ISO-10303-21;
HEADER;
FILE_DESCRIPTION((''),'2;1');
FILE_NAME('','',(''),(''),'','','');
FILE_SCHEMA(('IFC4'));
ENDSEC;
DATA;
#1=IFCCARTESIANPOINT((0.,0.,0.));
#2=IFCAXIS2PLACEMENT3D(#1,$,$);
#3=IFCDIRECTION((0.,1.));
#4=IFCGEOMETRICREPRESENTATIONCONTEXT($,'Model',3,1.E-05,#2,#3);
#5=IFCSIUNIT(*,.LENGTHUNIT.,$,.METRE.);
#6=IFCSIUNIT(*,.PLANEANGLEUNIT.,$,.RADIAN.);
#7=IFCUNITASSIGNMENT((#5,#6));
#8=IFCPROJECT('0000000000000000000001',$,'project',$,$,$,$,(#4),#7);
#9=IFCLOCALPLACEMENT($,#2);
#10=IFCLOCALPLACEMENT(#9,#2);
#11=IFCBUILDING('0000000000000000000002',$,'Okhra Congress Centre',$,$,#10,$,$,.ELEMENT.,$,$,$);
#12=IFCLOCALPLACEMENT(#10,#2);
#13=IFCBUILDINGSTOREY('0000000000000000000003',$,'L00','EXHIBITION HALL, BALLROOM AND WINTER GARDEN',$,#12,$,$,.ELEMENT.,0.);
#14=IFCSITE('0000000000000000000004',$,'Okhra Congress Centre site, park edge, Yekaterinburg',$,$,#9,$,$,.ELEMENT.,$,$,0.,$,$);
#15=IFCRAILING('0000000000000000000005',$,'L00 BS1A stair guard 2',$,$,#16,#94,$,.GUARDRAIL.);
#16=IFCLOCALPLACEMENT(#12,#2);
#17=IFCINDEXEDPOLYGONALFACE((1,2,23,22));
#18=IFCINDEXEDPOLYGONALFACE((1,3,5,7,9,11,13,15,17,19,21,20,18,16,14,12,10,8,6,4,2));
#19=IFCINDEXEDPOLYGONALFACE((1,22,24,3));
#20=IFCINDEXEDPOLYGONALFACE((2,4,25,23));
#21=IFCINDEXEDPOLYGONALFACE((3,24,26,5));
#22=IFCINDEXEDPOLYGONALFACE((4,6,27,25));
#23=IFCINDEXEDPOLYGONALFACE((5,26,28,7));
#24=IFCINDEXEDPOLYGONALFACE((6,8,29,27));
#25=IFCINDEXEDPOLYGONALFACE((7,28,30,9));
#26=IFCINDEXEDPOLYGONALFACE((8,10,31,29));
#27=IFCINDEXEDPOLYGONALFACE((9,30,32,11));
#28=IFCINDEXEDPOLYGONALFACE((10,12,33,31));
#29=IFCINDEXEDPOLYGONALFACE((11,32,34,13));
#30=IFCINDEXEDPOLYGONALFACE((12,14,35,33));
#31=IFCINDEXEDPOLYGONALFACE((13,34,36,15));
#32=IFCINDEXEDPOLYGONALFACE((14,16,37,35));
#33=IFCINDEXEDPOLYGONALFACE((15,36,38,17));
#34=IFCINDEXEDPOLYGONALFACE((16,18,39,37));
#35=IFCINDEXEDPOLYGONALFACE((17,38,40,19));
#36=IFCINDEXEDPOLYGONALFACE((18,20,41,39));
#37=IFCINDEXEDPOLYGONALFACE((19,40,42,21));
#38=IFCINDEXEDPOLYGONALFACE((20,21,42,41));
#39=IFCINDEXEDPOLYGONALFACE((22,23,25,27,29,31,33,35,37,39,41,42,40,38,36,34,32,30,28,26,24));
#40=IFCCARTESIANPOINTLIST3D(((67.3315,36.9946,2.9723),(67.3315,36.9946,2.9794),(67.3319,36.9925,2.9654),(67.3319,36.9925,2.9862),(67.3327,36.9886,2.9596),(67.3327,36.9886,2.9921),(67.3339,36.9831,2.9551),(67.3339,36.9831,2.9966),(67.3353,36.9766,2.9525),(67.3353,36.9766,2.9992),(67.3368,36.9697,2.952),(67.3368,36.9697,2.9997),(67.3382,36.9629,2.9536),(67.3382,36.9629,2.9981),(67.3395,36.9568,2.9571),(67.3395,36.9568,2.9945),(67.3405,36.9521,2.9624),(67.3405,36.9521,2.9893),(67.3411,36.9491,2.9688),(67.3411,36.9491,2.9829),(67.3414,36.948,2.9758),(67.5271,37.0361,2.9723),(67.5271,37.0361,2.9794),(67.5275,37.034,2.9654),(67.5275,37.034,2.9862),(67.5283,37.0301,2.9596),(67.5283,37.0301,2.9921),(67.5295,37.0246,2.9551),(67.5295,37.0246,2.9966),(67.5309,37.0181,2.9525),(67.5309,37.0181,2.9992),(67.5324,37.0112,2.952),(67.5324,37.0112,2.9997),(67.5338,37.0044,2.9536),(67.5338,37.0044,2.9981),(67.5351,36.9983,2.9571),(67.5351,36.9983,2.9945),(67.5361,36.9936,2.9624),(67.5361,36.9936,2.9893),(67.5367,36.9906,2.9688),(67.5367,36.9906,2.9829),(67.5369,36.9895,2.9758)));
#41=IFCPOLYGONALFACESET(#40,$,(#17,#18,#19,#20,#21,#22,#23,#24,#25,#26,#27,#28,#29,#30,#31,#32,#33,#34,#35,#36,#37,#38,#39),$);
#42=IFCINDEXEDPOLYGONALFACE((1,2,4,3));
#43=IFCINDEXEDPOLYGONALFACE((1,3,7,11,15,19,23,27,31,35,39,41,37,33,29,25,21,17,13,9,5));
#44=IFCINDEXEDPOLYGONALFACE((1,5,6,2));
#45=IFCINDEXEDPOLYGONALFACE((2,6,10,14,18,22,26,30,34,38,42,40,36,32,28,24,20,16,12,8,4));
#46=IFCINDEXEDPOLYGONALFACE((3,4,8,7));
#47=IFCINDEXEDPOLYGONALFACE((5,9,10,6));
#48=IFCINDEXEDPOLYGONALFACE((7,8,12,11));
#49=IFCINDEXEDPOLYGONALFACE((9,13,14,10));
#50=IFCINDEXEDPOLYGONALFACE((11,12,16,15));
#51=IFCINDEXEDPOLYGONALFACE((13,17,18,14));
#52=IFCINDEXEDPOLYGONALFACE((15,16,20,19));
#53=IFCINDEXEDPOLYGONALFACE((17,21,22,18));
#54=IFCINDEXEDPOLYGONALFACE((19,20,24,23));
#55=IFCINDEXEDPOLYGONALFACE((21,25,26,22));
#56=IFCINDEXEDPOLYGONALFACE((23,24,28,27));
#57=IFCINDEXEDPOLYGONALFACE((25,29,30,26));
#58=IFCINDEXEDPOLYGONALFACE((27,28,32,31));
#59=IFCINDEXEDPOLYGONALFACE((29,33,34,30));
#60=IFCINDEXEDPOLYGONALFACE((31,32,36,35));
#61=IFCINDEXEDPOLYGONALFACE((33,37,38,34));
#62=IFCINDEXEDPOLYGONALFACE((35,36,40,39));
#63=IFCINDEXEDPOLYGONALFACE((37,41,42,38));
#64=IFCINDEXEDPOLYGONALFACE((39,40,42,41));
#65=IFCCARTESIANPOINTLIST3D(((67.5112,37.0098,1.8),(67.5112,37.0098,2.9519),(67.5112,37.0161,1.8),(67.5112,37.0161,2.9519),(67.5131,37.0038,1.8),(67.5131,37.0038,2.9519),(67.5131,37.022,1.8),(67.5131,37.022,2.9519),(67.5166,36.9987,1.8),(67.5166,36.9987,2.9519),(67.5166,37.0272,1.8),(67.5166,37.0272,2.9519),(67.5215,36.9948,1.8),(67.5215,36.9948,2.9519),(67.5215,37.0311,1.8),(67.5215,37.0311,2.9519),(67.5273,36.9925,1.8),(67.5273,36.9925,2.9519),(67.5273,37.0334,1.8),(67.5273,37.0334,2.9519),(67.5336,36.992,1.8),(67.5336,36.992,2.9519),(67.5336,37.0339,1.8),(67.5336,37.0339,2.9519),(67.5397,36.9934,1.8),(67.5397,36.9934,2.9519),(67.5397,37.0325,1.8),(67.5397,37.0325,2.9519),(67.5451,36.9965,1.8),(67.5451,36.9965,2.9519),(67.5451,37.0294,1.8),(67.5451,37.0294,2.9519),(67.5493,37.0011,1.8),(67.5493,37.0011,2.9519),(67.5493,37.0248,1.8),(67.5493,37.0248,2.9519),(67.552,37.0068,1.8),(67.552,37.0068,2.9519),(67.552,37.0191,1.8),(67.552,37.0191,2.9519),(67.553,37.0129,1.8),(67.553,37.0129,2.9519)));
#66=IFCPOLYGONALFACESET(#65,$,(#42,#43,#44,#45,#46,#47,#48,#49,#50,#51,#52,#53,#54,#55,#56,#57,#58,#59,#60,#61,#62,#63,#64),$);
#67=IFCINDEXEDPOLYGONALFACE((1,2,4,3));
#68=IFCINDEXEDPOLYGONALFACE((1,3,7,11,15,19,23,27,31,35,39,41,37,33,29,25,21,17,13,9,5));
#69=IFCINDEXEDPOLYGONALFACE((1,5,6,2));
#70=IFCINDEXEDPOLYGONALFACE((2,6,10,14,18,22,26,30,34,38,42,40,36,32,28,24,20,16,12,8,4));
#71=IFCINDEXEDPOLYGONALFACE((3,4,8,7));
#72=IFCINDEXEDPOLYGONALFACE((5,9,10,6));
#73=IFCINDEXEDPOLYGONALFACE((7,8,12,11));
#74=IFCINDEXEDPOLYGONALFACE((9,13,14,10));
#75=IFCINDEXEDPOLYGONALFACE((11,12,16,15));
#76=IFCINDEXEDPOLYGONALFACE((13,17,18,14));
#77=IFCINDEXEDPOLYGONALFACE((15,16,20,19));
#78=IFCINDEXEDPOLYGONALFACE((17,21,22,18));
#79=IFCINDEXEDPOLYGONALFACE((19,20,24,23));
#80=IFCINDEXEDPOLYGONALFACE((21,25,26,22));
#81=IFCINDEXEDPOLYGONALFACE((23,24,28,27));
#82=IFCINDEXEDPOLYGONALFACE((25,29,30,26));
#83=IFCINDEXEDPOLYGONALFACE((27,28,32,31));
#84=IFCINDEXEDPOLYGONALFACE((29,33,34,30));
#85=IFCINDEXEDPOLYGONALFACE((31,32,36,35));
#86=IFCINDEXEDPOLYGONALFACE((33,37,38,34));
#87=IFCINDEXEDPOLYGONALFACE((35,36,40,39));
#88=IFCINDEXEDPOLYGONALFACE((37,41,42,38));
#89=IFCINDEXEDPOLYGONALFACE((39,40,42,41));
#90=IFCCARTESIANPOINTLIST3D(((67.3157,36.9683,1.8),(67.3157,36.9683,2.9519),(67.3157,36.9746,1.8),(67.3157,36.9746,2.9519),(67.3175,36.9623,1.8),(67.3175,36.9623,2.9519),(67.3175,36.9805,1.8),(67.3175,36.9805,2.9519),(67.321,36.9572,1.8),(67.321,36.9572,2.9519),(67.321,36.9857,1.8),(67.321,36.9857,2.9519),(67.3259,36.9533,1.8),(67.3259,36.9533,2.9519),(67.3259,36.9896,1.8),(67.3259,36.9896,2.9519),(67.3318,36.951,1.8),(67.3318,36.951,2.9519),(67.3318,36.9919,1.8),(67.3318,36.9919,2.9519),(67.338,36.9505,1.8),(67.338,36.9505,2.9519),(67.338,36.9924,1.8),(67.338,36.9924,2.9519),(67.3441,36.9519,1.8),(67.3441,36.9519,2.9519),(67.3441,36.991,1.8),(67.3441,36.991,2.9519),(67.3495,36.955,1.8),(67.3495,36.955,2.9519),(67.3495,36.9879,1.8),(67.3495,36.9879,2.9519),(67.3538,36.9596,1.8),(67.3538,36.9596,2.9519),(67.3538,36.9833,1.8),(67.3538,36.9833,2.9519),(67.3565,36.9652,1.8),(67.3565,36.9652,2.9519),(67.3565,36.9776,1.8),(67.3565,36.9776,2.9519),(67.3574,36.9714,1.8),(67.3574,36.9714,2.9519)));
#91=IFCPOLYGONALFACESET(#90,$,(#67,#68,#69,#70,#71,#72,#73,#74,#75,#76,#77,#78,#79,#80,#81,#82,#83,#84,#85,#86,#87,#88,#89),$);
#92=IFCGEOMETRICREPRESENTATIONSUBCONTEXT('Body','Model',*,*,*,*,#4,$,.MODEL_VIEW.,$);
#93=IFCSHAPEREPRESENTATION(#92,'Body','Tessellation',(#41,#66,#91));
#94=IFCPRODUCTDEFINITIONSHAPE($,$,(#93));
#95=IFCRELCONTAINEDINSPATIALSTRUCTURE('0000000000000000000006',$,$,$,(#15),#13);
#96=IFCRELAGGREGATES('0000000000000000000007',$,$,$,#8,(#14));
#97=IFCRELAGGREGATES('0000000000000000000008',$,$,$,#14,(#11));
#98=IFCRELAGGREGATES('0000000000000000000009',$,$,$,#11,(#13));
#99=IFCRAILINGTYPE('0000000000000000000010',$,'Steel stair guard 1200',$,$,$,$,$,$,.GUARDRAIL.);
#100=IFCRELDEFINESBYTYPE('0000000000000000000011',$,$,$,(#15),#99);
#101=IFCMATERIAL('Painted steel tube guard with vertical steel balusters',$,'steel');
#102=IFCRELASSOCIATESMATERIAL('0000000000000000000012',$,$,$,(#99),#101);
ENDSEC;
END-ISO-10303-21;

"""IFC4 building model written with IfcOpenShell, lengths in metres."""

from ifc_helpers import new_model, si_unit, direction, frame, origin, origin_2d, place, context, subcontext, project, spatial, circle, extrude, material, type_object, element, save


model = new_model("IFC4")

# Units and contexts
model_context = context("Model", 3, precision=1e-05, world=origin(), true_north=direction((0.0, 1.0)))
body_context = subcontext(model_context, "Body", "Model", "MODEL_VIEW")
ifc_project = project(units=[si_unit("LENGTHUNIT", "METRE"), si_unit("PLANEANGLEUNIT", "RADIAN")], contexts=[model_context])

# Site, building, storey
site_placement = place(None, origin())
site = spatial("IfcSite", under=ifc_project, at=site_placement, Name="Okhra Congress Centre site, park edge, Yekaterinburg", CompositionType="ELEMENT", RefElevation=0.0)
building_placement = place(site_placement, origin())
building = spatial("IfcBuilding", under=site, at=building_placement, Name="Okhra Congress Centre", CompositionType="ELEMENT")
storey_placement = place(building_placement, origin())
storey = spatial("IfcBuildingStorey", under=building, at=storey_placement, Name="L00", Description="EXHIBITION HALL, BALLROOM AND WINTER GARDEN", CompositionType="ELEMENT", Elevation=0.0)

# Railing
ifc_material_1 = material(Name="Painted steel tube guard with vertical steel balusters", Category="steel")
railing_type_1 = type_object("IfcRailingType", Name="Steel stair guard 1200", PredefinedType="GUARDRAIL", material=ifc_material_1)
railing_1_placement = place(storey_placement, frame((67.532, 37.0129, 1.8)))
element("IfcRailing", 1, at=railing_1_placement, inside=storey, type_object=railing_type_1, Name="L00 BS1A stair guard 2", PredefinedType="GUARDRAIL", context=body_context, shape_type="SweptSolid", body=[
    extrude(circle(Radius=0.0239, at=origin_2d()), frame((0.0, 0.0, 1.1758), z_axis=(-0.978212, -0.20761, 0.0), x_axis=(0.20761, -0.978212, 0.0)), (0.0, 0.0, 1.0), 0.2),
    extrude(circle(Radius=0.021, at=origin_2d()), origin(), (0.0, 0.0, 1.0), 1.1519),
    extrude(circle(Radius=0.021, at=origin_2d()), frame((-0.1956, -0.0415, 0.0)), (0.0, 0.0, 1.0), 1.1519),
])

save(model, "model.ifc")
